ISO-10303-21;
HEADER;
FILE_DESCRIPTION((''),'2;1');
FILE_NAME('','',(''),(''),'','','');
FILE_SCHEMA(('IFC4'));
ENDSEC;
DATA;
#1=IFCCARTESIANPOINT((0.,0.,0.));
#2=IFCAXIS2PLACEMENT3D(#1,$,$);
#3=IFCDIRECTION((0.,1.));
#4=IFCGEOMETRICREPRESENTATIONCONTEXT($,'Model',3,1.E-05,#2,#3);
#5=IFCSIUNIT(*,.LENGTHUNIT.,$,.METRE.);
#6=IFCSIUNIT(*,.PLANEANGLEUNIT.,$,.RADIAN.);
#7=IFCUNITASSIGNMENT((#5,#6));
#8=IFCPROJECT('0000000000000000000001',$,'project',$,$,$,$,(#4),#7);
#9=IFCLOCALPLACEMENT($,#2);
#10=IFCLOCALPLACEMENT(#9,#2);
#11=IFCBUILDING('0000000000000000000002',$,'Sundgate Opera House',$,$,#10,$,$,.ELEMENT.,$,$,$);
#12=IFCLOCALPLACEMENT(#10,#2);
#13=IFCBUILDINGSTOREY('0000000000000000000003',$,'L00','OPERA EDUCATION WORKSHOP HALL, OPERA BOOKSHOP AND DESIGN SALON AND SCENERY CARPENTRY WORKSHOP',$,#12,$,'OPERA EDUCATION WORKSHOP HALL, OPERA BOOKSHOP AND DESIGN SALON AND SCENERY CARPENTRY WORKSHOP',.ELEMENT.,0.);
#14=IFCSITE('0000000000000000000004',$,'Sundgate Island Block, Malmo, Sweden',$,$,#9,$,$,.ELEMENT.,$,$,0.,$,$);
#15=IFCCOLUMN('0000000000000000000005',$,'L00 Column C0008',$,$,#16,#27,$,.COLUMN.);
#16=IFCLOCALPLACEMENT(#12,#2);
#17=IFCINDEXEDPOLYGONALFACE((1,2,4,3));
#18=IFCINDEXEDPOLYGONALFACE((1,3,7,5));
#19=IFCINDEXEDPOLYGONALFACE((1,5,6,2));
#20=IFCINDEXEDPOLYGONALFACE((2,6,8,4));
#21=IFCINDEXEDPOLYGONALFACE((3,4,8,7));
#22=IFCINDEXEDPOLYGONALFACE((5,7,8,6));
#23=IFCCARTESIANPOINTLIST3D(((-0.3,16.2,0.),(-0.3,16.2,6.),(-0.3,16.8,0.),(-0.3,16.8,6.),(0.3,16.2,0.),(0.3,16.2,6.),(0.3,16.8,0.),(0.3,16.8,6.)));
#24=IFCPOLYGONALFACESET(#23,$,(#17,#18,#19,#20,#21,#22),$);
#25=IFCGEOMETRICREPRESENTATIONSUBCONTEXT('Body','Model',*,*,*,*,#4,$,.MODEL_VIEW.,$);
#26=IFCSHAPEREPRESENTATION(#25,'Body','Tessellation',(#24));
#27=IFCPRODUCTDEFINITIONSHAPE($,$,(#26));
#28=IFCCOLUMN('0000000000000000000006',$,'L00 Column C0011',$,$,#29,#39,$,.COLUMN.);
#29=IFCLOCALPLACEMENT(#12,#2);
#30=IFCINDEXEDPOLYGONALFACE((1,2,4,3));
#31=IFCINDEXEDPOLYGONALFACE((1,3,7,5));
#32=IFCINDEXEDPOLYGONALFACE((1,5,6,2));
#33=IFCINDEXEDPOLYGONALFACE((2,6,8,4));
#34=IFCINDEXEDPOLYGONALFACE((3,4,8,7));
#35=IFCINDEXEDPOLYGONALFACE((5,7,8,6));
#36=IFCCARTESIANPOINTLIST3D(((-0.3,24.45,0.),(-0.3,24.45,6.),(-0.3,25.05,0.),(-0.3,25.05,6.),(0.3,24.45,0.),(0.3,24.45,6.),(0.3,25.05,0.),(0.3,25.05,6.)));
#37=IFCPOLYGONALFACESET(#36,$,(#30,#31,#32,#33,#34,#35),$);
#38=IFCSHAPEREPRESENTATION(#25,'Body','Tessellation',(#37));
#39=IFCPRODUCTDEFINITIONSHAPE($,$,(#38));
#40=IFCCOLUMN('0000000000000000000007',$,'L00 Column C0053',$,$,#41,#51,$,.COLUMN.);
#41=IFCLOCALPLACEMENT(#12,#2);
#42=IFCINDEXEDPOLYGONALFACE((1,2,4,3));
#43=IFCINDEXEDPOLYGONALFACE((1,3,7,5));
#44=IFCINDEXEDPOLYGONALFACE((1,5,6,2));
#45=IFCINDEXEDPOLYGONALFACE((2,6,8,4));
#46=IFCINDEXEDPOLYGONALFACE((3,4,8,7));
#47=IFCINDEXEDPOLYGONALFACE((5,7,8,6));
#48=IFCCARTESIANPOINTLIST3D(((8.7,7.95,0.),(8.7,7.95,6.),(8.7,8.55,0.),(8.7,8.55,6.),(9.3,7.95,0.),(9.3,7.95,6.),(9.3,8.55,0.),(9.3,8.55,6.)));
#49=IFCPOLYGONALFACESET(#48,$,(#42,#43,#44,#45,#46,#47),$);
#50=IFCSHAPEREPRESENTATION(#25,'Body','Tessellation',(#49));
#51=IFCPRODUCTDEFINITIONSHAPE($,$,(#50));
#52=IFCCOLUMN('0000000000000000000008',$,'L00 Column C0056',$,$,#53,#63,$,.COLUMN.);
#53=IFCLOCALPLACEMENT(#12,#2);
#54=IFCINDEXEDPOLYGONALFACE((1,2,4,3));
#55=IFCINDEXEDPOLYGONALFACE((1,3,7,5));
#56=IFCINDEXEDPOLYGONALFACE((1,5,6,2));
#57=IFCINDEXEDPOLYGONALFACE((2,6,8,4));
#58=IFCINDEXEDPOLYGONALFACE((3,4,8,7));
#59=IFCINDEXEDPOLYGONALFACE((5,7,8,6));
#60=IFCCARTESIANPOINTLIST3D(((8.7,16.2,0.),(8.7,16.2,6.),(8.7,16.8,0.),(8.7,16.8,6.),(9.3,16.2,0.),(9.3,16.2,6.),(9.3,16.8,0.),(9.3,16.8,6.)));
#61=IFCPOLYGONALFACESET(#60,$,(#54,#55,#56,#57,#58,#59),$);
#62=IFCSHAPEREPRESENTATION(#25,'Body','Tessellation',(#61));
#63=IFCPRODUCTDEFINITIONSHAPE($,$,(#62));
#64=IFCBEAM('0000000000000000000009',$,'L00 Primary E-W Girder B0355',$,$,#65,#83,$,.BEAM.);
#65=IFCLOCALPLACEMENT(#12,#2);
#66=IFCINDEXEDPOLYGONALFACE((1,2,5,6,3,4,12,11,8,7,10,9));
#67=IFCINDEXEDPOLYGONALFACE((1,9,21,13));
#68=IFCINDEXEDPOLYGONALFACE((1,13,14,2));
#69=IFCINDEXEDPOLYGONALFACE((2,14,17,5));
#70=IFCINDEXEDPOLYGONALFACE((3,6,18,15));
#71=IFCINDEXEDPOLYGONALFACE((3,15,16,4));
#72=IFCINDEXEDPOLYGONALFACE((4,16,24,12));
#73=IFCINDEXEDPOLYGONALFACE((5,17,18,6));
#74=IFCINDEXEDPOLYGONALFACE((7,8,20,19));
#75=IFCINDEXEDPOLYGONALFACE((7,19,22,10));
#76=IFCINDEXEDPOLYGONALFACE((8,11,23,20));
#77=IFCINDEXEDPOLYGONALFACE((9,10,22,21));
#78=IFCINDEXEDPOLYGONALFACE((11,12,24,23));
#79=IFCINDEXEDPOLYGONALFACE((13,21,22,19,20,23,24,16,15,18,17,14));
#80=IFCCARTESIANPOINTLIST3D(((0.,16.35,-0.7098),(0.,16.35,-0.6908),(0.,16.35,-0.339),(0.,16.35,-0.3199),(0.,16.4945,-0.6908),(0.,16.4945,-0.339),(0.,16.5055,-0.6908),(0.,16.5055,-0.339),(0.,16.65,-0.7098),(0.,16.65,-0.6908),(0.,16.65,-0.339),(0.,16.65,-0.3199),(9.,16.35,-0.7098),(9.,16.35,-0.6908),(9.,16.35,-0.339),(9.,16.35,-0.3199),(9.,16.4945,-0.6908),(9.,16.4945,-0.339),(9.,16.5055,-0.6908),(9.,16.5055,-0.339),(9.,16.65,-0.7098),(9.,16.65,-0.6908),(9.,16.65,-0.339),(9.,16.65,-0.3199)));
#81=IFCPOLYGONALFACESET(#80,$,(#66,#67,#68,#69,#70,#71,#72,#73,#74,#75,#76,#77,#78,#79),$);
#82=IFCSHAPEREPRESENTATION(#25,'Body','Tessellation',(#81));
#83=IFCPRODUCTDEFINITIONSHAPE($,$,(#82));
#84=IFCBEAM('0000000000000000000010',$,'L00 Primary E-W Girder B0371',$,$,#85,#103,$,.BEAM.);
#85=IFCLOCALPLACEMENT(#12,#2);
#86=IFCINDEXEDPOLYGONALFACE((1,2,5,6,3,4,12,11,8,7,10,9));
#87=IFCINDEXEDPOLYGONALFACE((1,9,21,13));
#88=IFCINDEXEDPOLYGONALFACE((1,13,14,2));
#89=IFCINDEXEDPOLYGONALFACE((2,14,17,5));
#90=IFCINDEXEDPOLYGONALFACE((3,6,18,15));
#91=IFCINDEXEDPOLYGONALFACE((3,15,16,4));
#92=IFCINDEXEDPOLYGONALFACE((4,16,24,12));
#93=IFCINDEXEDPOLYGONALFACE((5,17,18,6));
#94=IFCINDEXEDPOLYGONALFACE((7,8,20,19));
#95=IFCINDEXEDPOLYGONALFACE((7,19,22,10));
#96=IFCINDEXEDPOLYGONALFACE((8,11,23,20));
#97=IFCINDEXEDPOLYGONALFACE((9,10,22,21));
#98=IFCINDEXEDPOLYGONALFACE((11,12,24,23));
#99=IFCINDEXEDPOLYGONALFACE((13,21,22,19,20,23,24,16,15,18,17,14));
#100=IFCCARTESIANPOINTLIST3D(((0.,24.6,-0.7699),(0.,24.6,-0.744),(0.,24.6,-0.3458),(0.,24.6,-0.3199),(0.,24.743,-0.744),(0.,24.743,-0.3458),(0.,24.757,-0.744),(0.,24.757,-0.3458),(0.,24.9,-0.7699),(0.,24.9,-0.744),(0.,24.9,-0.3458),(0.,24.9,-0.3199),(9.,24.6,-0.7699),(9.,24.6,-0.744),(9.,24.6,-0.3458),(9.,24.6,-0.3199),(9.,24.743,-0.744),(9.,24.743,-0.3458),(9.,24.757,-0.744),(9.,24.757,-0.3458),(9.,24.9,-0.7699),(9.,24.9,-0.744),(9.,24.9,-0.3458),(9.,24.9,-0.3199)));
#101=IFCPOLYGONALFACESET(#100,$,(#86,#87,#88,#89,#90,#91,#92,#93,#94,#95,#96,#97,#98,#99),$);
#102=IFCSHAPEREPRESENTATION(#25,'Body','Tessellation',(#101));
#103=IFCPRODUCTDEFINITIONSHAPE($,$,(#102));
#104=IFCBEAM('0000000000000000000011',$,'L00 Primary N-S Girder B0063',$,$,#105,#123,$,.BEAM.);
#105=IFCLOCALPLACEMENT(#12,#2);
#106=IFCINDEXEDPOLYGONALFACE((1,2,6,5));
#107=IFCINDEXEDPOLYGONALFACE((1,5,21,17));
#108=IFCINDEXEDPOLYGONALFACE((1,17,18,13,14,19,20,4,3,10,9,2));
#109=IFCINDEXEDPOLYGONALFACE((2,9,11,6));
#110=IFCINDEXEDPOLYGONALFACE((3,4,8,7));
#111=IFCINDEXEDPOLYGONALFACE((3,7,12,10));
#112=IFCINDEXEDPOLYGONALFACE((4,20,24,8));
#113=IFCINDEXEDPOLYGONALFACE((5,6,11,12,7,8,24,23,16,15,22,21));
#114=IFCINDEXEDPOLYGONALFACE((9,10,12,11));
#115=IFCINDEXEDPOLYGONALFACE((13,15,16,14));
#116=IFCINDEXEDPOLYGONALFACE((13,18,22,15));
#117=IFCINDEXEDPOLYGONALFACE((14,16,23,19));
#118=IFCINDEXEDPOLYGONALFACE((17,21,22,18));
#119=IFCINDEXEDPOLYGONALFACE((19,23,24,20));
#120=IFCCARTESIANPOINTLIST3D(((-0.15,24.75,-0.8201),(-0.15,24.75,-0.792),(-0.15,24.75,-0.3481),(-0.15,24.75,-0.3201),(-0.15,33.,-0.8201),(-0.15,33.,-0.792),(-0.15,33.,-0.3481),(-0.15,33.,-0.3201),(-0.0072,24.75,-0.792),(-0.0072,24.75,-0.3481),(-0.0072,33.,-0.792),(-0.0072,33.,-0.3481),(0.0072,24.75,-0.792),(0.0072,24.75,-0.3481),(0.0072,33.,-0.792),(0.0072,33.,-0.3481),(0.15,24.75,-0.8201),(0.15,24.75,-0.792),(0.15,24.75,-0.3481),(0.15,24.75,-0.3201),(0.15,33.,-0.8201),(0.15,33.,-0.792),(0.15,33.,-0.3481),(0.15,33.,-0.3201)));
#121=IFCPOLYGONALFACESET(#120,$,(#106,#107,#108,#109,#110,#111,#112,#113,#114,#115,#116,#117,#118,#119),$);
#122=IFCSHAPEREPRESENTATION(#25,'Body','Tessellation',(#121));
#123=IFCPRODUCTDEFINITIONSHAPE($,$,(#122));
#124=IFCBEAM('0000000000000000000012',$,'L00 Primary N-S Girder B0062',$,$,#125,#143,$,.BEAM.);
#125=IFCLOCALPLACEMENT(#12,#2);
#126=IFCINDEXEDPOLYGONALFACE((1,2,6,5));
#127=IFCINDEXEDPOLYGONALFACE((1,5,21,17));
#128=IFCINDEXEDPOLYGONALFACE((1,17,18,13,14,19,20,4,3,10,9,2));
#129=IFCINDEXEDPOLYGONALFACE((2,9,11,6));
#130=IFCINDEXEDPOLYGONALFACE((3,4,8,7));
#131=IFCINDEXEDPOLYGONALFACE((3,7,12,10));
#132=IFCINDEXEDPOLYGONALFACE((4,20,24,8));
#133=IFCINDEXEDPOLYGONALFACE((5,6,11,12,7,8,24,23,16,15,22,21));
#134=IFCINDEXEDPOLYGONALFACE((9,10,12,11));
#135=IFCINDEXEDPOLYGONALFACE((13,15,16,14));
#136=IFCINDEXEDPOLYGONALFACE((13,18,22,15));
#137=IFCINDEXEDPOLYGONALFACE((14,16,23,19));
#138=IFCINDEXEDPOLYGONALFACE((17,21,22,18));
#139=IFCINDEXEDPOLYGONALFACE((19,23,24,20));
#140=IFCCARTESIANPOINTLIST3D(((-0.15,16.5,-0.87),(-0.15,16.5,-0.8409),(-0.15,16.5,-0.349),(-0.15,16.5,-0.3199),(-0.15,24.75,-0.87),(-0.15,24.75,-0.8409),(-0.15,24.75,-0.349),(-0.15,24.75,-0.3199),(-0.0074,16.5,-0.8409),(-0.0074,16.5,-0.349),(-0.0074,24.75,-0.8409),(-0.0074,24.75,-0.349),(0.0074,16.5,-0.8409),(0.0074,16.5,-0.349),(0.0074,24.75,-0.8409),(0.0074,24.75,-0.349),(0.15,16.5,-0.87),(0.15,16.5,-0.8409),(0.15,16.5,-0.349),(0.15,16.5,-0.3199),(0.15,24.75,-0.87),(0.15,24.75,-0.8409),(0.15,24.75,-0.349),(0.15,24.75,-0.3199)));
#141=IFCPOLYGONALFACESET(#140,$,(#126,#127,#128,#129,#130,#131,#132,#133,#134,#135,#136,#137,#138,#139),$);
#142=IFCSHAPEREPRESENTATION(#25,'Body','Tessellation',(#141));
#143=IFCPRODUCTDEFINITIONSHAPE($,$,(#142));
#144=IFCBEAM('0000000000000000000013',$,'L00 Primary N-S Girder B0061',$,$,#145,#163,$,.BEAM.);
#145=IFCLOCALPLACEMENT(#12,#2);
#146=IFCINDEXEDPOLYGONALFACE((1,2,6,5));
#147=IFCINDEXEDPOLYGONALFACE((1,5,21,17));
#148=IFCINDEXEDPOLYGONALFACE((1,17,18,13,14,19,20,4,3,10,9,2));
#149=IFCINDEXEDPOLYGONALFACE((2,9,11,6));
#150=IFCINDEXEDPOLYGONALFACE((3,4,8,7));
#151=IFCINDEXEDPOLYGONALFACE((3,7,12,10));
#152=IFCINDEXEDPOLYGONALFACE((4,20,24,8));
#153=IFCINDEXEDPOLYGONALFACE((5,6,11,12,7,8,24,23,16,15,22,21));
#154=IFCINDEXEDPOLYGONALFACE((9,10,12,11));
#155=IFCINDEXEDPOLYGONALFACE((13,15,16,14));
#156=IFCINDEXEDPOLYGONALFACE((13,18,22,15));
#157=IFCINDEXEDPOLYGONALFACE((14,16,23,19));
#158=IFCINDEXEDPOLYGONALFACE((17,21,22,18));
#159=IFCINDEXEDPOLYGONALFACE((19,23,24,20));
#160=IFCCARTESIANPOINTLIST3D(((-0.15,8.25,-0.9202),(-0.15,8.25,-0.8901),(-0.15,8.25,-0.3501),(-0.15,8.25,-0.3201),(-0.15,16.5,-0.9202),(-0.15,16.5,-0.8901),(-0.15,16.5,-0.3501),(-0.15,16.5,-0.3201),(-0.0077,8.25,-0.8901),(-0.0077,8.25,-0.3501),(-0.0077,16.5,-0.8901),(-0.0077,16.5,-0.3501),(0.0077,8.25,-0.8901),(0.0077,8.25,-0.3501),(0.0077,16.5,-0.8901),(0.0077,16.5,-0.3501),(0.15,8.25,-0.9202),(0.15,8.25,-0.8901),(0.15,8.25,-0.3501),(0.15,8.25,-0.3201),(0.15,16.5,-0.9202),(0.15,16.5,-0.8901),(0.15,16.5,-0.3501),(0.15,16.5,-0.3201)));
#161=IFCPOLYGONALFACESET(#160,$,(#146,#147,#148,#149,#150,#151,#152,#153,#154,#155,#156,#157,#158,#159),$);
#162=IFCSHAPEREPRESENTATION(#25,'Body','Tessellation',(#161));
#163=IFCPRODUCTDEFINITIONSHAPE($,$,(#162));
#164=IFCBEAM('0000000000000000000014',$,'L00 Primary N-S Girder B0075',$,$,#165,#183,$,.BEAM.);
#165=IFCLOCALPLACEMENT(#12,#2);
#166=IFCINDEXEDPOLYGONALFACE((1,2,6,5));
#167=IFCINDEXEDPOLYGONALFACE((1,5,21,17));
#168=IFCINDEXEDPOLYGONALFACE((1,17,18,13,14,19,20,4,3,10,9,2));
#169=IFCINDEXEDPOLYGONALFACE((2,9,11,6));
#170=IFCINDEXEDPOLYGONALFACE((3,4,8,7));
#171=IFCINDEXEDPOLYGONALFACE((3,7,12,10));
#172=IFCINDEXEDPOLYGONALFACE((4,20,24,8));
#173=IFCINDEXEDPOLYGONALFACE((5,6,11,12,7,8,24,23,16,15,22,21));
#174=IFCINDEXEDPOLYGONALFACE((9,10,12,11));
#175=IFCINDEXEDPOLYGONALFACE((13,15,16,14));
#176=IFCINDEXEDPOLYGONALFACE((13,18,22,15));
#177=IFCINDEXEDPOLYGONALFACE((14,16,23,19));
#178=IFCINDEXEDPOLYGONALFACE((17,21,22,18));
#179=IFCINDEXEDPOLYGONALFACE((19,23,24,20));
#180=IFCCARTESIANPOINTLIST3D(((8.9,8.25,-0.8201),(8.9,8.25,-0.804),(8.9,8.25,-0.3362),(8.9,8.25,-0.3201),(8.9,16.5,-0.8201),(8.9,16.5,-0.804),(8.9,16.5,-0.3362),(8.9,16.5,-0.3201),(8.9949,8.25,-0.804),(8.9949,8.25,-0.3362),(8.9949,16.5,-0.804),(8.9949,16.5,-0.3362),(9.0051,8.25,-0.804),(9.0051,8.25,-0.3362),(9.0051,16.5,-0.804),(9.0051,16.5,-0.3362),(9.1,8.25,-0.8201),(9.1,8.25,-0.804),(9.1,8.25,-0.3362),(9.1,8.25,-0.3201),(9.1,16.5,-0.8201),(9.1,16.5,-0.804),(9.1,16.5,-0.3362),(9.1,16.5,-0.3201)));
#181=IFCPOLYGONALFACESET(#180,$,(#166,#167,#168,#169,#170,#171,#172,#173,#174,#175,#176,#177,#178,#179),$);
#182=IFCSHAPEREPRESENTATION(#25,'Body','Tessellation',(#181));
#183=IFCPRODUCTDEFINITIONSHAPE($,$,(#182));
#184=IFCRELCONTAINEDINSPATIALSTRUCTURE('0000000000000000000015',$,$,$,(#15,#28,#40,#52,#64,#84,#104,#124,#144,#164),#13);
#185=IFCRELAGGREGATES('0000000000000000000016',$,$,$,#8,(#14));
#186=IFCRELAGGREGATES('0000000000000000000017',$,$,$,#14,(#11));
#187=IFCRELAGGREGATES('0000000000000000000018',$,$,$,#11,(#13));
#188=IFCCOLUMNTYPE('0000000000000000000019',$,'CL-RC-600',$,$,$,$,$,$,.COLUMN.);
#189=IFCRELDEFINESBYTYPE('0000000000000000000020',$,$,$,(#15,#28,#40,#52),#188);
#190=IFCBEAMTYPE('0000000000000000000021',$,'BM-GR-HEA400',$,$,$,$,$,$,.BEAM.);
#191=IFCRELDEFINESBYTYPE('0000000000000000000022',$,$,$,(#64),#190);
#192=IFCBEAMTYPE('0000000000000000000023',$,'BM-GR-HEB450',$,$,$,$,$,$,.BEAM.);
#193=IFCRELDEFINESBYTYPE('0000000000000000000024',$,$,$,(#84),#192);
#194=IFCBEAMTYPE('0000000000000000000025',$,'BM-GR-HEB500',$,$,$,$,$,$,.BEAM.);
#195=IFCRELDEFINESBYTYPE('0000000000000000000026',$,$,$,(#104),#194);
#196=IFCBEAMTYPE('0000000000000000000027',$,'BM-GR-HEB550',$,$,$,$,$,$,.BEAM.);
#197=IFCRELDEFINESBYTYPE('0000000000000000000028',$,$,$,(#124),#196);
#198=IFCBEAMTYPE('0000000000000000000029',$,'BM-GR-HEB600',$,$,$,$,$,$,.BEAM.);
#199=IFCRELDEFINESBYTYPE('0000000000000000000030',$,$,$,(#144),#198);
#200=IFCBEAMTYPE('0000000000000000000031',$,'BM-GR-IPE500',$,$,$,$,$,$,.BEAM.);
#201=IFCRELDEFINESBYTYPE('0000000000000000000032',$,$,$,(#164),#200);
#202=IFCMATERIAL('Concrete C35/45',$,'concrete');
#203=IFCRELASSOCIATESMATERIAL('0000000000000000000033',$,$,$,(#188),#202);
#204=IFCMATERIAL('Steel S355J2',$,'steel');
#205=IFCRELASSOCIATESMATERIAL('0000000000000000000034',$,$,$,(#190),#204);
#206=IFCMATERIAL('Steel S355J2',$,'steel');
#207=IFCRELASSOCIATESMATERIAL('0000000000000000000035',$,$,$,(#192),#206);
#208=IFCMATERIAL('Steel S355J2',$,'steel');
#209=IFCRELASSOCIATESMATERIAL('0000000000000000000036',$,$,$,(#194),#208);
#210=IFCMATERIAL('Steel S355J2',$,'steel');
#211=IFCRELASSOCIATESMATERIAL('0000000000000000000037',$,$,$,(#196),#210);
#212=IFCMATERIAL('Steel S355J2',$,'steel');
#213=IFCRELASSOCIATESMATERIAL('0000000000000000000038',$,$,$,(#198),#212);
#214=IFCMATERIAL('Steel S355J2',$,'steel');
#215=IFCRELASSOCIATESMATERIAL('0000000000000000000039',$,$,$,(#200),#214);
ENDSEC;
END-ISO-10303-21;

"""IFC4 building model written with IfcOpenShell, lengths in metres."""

from ifc_helpers import new_model, si_unit, direction, frame, origin, origin_2d, place, context, subcontext, project, spatial, rectangle, i_section, extrude, material, material_profile, profile_set, type_object, element, save


model = new_model("IFC4")

# Units and contexts
model_context = context("Model", 3, precision=1e-05, world=origin(), true_north=direction((0.0, 1.0)))
body_context = subcontext(model_context, "Body", "Model", "MODEL_VIEW")
ifc_project = project(units=[si_unit("LENGTHUNIT", "METRE"), si_unit("PLANEANGLEUNIT", "RADIAN")], contexts=[model_context])

# Site, building, storey
site_placement = place(None, origin())
site = spatial("IfcSite", under=ifc_project, at=site_placement, Name="Sundgate Island Block, Malmo, Sweden", CompositionType="ELEMENT", RefElevation=0.0)
building_placement = place(site_placement, origin())
building = spatial("IfcBuilding", under=site, at=building_placement, Name="Sundgate Opera House", CompositionType="ELEMENT")
storey_placement = place(building_placement, origin())
storey = spatial("IfcBuildingStorey", under=building, at=storey_placement, Name="L00", Description="OPERA EDUCATION WORKSHOP HALL, OPERA BOOKSHOP AND DESIGN SALON AND SCENERY CARPENTRY WORKSHOP", LongName="OPERA EDUCATION WORKSHOP HALL, OPERA BOOKSHOP AND DESIGN SALON AND SCENERY CARPENTRY WORKSHOP", CompositionType="ELEMENT", Elevation=0.0)

# Columns
ifc_material_1 = material(Name="Concrete C35/45", Category="concrete")
ifc_material_profile_1 = material_profile(ifc_material_1, rectangle(XDim=0.6001, YDim=0.6001, at=origin_2d()), Name="RC 600x600")
ifc_profile_set_1 = profile_set([ifc_material_profile_1], Name="Concrete C35/45")
column_type = type_object("IfcColumnType", Name="CL-RC-600", PredefinedType="COLUMN", material=ifc_profile_set_1)
for number, where, z_axis, x_axis, name in (
    (1, (0.0, 16.5, 0.0), (0.0, 0.0, 1.0), (1.0, 0.0, 0.0), "L00 Column C0008"),
    (2, (0.0, 24.75, 0.0), (0.0, 0.0, 1.0), (1.0, 0.0, 0.0), "L00 Column C0011"),
    (3, (9.0, 8.25, 0.0), (0.0, 0.0, 1.0), (1.0, 0.0, 0.0), "L00 Column C0053"),
    (4, (9.0, 16.5, 0.0), (0.0, 0.0, 1.0), (1.0, 0.0, 0.0), "L00 Column C0056"),
):
    element("IfcColumn", number, at=place(storey_placement, frame(where, z_axis=z_axis, x_axis=x_axis)), inside=storey, type_object=column_type, Name=name, PredefinedType="COLUMN", context=body_context, shape_type="SweptSolid", body=[
        extrude(rectangle(XDim=0.6001, YDim=0.6001, at=origin_2d()), origin(), (0.0, 0.0, 1.0), 6.0),
    ])

# Beams
ifc_material_2 = material(Name="Steel S355J2", Category="steel")
ifc_material_profile_2 = material_profile(ifc_material_2, i_section(OverallWidth=0.3, OverallDepth=0.3899, WebThickness=0.011, FlangeThickness=0.019, at=origin_2d()), Name="HEA 400")
ifc_profile_set_2 = profile_set([ifc_material_profile_2], Name="Steel S355J2")
beam_type_1 = type_object("IfcBeamType", Name="BM-GR-HEA400", PredefinedType="BEAM", material=ifc_profile_set_2)
beam_1_placement = place(storey_placement, frame((0.0, 16.5, -0.5149), z_axis=(1.0, 0.0, 0.0), x_axis=(0.0, 1.0, 0.0)))
element("IfcBeam", 5, at=beam_1_placement, inside=storey, type_object=beam_type_1, Name="L00 Primary E-W Girder B0355", PredefinedType="BEAM", context=body_context, shape_type="SweptSolid", body=[
    extrude(i_section(OverallWidth=0.3, OverallDepth=0.3899, WebThickness=0.011, FlangeThickness=0.019, at=origin_2d()), origin(), (0.0, 0.0, 1.0), 9.0),
])
ifc_material_3 = material(Name="Steel S355J2", Category="steel")
ifc_material_profile_3 = material_profile(ifc_material_3, i_section(OverallWidth=0.3, OverallDepth=0.45, WebThickness=0.0139, FlangeThickness=0.0259, at=origin_2d()), Name="HEB 450")
ifc_profile_set_3 = profile_set([ifc_material_profile_3], Name="Steel S355J2")
beam_type_2 = type_object("IfcBeamType", Name="BM-GR-HEB450", PredefinedType="BEAM", material=ifc_profile_set_3)
beam_2_placement = place(storey_placement, frame((0.0, 24.75, -0.5449), z_axis=(1.0, 0.0, 0.0), x_axis=(0.0, 1.0, 0.0)))
element("IfcBeam", 6, at=beam_2_placement, inside=storey, type_object=beam_type_2, Name="L00 Primary E-W Girder B0371", PredefinedType="BEAM", context=body_context, shape_type="SweptSolid", body=[
    extrude(i_section(OverallWidth=0.3, OverallDepth=0.45, WebThickness=0.0139, FlangeThickness=0.0259, at=origin_2d()), origin(), (0.0, 0.0, 1.0), 9.0),
])
ifc_material_4 = material(Name="Steel S355J2", Category="steel")
ifc_material_profile_4 = material_profile(ifc_material_4, i_section(OverallWidth=0.3, OverallDepth=0.5, WebThickness=0.0144, FlangeThickness=0.0281, at=origin_2d()), Name="HEB 500")
ifc_profile_set_4 = profile_set([ifc_material_profile_4], Name="Steel S355J2")
beam_type_3 = type_object("IfcBeamType", Name="BM-GR-HEB500", PredefinedType="BEAM", material=ifc_profile_set_4)
beam_3_placement = place(storey_placement, frame((0.0, 24.75, -0.5701), z_axis=(0.0, 1.0, 0.0), x_axis=(-1.0, 0.0, 0.0)))
element("IfcBeam", 7, at=beam_3_placement, inside=storey, type_object=beam_type_3, Name="L00 Primary N-S Girder B0063", PredefinedType="BEAM", context=body_context, shape_type="SweptSolid", body=[
    extrude(i_section(OverallWidth=0.3, OverallDepth=0.5, WebThickness=0.0144, FlangeThickness=0.0281, at=origin_2d()), origin(), (0.0, 0.0, 1.0), 8.25),
])
ifc_material_5 = material(Name="Steel S355J2", Category="steel")
ifc_material_profile_5 = material_profile(ifc_material_5, i_section(OverallWidth=0.3, OverallDepth=0.55, WebThickness=0.0149, FlangeThickness=0.0291, at=origin_2d()), Name="HEB 550")
ifc_profile_set_5 = profile_set([ifc_material_profile_5], Name="Steel S355J2")
beam_type_4 = type_object("IfcBeamType", Name="BM-GR-HEB550", PredefinedType="BEAM", material=ifc_profile_set_5)
beam_4_placement = place(storey_placement, frame((0.0, 16.5, -0.595), z_axis=(0.0, 1.0, 0.0), x_axis=(-1.0, 0.0, 0.0)))
element("IfcBeam", 8, at=beam_4_placement, inside=storey, type_object=beam_type_4, Name="L00 Primary N-S Girder B0062", PredefinedType="BEAM", context=body_context, shape_type="SweptSolid", body=[
    extrude(i_section(OverallWidth=0.3, OverallDepth=0.55, WebThickness=0.0149, FlangeThickness=0.0291, at=origin_2d()), origin(), (0.0, 0.0, 1.0), 8.25),
])
ifc_material_6 = material(Name="Steel S355J2", Category="steel")
ifc_material_profile_6 = material_profile(ifc_material_6, i_section(OverallWidth=0.3, OverallDepth=0.6001, WebThickness=0.0154, FlangeThickness=0.03, at=origin_2d()), Name="HEB 600")
ifc_profile_set_6 = profile_set([ifc_material_profile_6], Name="Steel S355J2")
beam_type_5 = type_object("IfcBeamType", Name="BM-GR-HEB600", PredefinedType="BEAM", material=ifc_profile_set_6)
beam_5_placement = place(storey_placement, frame((0.0, 8.25, -0.6201), z_axis=(0.0, 1.0, 0.0), x_axis=(-1.0, 0.0, 0.0)))
element("IfcBeam", 9, at=beam_5_placement, inside=storey, type_object=beam_type_5, Name="L00 Primary N-S Girder B0061", PredefinedType="BEAM", context=body_context, shape_type="SweptSolid", body=[
    extrude(i_section(OverallWidth=0.3, OverallDepth=0.6001, WebThickness=0.0154, FlangeThickness=0.03, at=origin_2d()), origin(), (0.0, 0.0, 1.0), 8.25),
])
ifc_material_7 = material(Name="Steel S355J2", Category="steel")
ifc_material_profile_7 = material_profile(ifc_material_7, i_section(OverallWidth=0.2, OverallDepth=0.5, WebThickness=0.0103, FlangeThickness=0.0161, at=origin_2d()), Name="IPE 500")
ifc_profile_set_7 = profile_set([ifc_material_profile_7], Name="Steel S355J2")
beam_type_6 = type_object("IfcBeamType", Name="BM-GR-IPE500", PredefinedType="BEAM", material=ifc_profile_set_7)
beam_6_placement = place(storey_placement, frame((9.0, 8.25, -0.5701), z_axis=(0.0, 1.0, 0.0), x_axis=(-1.0, 0.0, 0.0)))
element("IfcBeam", 10, at=beam_6_placement, inside=storey, type_object=beam_type_6, Name="L00 Primary N-S Girder B0075", PredefinedType="BEAM", context=body_context, shape_type="SweptSolid", body=[
    extrude(i_section(OverallWidth=0.2, OverallDepth=0.5, WebThickness=0.0103, FlangeThickness=0.0161, at=origin_2d()), origin(), (0.0, 0.0, 1.0), 8.25),
])

save(model, "model.ifc")
